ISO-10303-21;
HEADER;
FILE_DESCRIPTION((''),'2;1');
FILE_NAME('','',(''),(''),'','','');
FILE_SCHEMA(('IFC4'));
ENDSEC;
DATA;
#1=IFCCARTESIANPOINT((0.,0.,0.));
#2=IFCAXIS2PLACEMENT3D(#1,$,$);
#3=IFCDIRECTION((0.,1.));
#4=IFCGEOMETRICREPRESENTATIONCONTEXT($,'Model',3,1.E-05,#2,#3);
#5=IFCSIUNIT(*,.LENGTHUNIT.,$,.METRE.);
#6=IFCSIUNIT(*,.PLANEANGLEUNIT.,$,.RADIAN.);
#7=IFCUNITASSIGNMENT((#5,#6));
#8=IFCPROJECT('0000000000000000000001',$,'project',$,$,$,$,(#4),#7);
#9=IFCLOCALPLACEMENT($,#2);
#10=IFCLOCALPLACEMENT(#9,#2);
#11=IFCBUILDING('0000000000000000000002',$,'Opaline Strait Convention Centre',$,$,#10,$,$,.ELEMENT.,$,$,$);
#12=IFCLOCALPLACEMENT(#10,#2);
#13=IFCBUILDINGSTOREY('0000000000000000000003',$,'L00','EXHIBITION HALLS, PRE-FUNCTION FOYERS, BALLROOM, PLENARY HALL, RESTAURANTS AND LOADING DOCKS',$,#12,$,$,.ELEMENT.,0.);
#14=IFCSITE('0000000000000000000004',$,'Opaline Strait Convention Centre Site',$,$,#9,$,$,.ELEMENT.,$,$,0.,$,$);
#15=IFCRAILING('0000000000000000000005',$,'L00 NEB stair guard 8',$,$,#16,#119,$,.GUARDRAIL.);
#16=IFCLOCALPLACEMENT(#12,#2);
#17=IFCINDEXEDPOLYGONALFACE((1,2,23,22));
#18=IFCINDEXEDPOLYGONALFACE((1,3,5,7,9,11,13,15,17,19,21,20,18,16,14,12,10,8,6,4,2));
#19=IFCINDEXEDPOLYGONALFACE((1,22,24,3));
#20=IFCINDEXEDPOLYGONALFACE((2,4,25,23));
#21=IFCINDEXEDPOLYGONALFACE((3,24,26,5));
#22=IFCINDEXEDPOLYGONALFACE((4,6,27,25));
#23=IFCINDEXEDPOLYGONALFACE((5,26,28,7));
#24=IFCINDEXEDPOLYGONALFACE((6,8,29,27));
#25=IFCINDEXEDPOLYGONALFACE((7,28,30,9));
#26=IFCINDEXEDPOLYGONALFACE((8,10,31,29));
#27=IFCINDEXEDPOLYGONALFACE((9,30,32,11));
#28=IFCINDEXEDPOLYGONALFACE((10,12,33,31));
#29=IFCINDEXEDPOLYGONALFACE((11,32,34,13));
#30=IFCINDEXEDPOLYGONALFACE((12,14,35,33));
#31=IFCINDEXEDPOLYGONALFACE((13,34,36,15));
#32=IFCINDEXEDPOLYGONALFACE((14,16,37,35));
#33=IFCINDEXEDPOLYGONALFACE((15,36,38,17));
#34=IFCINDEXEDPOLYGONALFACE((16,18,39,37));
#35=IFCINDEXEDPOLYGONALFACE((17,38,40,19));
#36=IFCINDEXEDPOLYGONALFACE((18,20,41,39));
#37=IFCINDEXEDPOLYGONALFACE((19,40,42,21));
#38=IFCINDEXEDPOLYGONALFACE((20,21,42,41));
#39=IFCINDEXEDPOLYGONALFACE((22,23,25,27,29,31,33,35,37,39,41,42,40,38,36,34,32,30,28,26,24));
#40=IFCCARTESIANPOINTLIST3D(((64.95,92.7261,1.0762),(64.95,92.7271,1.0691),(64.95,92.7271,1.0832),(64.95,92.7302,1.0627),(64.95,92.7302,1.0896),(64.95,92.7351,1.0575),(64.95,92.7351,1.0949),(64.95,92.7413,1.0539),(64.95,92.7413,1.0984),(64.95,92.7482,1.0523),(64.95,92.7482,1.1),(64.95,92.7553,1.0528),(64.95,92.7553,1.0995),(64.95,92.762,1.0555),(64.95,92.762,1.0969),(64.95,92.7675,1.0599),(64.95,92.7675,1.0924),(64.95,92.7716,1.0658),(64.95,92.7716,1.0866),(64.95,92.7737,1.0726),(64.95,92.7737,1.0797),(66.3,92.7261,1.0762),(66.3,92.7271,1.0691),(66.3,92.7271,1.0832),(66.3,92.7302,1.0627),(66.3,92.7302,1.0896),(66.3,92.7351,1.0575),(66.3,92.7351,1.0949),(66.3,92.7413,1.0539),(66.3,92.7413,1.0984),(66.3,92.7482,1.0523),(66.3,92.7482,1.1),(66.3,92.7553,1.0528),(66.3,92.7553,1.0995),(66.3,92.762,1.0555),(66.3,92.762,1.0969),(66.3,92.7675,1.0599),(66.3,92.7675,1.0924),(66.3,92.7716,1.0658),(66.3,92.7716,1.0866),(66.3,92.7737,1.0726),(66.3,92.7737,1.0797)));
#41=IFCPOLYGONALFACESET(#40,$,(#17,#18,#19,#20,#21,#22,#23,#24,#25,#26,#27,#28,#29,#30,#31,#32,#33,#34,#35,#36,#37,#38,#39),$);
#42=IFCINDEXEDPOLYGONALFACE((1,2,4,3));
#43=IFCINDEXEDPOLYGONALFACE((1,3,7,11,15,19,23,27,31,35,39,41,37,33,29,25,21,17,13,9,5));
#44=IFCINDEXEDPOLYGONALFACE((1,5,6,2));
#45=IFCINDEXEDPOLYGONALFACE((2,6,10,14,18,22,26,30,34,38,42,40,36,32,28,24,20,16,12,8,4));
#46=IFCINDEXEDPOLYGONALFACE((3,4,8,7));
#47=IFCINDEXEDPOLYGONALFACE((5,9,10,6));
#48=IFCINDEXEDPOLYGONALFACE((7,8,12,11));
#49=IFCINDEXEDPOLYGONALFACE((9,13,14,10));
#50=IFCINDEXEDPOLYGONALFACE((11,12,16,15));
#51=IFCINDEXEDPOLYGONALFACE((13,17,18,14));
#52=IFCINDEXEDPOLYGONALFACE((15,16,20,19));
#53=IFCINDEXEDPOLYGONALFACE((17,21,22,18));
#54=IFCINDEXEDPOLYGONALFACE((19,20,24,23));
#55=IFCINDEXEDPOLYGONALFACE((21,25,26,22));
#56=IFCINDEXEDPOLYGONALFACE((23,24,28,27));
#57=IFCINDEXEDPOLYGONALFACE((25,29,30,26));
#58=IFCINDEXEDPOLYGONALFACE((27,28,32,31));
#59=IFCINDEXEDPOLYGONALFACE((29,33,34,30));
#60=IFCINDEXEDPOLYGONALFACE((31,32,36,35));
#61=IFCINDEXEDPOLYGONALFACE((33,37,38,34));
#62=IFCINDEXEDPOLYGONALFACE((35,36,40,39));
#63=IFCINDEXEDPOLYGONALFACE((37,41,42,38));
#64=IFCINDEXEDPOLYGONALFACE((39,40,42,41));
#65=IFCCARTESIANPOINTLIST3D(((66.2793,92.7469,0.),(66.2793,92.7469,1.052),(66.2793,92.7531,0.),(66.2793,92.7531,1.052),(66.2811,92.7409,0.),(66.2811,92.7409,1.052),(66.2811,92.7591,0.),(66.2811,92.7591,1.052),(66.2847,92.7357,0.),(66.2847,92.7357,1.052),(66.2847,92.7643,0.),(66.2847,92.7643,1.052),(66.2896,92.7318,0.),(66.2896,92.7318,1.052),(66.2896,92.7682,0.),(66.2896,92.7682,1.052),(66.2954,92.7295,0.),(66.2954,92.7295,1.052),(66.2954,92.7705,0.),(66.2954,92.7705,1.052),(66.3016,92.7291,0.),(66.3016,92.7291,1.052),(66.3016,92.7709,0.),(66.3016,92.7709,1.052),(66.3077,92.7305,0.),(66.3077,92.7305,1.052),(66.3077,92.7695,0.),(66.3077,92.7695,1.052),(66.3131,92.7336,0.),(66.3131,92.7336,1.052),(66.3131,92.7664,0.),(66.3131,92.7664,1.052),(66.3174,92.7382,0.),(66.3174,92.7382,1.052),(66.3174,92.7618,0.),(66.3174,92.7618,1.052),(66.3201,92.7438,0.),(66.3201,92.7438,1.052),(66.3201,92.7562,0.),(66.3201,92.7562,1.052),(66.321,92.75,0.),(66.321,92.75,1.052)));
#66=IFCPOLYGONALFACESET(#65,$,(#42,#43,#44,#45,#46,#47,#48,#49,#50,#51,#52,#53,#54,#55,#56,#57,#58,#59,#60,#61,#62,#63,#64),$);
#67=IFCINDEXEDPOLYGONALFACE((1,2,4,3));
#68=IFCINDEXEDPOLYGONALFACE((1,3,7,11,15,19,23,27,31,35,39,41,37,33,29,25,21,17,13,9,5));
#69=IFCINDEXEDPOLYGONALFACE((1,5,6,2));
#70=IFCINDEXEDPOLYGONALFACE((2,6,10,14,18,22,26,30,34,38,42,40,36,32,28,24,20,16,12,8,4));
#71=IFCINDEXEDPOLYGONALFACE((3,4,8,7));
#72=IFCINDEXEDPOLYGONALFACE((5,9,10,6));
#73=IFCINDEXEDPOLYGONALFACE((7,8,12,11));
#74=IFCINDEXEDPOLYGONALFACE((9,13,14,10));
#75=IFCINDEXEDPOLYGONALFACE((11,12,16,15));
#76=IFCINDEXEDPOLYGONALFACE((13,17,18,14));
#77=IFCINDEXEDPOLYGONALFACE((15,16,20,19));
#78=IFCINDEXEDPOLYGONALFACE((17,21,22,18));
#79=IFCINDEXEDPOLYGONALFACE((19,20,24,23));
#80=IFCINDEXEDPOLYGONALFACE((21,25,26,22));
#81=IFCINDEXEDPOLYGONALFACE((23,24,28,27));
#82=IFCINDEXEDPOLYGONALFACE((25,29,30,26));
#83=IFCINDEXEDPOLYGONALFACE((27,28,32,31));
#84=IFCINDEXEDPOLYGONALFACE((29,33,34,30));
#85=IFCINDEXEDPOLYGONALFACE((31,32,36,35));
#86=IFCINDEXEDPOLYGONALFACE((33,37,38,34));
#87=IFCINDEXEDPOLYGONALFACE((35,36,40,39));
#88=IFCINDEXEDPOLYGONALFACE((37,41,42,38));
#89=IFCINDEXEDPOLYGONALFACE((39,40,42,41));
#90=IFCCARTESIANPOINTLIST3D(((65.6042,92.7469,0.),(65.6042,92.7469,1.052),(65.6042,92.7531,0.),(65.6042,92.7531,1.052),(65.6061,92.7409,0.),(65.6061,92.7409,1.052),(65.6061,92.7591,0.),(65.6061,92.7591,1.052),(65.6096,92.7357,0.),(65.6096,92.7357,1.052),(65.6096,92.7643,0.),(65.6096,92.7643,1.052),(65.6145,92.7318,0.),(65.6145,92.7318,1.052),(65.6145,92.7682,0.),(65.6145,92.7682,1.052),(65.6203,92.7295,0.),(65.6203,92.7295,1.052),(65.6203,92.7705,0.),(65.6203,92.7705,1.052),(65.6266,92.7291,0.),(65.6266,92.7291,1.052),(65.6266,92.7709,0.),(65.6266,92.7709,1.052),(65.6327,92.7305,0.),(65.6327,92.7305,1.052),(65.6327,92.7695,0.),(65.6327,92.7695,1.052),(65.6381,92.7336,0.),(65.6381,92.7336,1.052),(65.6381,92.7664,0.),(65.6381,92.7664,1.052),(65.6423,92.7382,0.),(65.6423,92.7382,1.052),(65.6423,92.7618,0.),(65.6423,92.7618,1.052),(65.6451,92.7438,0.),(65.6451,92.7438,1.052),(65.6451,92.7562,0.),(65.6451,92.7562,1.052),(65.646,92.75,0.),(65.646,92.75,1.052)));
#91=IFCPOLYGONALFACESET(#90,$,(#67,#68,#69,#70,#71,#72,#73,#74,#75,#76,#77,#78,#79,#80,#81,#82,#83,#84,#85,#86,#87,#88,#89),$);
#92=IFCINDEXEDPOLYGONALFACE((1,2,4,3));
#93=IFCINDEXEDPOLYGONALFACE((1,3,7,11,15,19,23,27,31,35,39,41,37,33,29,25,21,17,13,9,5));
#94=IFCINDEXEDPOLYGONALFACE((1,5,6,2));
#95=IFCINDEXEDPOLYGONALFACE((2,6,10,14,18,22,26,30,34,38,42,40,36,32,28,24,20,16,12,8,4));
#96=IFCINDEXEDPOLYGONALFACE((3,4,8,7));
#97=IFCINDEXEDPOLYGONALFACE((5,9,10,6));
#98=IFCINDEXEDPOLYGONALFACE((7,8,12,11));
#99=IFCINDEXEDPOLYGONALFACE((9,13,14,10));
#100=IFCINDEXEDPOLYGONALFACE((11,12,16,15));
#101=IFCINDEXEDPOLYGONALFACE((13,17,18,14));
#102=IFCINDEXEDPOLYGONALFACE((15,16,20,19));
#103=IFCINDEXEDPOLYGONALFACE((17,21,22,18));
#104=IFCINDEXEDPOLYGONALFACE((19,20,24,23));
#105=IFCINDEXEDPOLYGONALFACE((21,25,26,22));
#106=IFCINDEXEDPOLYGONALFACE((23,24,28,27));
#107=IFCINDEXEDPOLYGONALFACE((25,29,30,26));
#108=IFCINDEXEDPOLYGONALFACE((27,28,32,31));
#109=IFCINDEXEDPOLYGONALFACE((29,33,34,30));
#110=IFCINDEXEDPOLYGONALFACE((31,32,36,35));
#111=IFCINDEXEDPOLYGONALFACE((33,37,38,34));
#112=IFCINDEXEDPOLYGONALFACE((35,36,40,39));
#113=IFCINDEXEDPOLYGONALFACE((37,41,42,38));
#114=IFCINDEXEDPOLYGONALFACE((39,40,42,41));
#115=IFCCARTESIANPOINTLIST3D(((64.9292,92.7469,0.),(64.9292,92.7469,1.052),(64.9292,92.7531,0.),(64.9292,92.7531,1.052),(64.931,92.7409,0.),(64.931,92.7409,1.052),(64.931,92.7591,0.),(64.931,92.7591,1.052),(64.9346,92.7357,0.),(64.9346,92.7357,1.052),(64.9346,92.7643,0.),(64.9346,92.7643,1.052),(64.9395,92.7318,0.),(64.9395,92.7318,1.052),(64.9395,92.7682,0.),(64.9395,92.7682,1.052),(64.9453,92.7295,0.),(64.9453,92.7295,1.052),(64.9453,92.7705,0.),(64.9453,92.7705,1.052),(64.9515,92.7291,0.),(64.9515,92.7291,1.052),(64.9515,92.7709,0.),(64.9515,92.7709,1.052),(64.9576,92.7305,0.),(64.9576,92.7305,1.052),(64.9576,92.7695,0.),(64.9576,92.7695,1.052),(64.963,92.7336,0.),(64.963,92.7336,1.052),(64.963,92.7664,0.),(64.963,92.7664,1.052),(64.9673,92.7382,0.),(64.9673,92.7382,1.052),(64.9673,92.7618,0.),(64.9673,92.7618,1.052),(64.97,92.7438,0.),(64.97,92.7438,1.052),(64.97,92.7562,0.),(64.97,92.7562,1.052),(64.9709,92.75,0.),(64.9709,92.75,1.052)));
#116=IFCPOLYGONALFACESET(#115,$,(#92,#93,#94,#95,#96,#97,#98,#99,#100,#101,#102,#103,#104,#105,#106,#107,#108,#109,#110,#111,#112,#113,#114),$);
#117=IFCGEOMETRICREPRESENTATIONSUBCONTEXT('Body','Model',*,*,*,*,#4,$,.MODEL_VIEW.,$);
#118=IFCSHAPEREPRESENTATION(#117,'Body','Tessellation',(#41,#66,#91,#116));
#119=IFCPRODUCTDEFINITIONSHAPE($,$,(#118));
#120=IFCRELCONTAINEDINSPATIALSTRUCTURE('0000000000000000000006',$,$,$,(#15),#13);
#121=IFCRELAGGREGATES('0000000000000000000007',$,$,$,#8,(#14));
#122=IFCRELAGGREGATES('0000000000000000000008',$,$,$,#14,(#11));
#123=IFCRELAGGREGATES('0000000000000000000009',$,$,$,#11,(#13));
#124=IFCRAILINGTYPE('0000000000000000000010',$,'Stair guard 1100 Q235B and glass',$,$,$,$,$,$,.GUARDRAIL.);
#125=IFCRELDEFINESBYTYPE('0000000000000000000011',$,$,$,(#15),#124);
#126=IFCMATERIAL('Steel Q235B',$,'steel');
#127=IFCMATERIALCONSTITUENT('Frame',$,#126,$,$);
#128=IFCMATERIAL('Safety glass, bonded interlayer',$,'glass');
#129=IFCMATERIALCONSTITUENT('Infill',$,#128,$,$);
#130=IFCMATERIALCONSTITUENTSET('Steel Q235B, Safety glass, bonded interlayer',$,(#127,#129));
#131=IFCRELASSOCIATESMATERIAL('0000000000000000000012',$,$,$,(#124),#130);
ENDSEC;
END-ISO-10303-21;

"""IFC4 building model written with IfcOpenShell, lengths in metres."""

from ifc_helpers import new_model, si_unit, direction, frame, origin, origin_2d, place, context, subcontext, project, spatial, circle, extrude, material, constituent, constituent_set, type_object, element, save


model = new_model("IFC4")

# Units and contexts
model_context = context("Model", 3, precision=1e-05, world=origin(), true_north=direction((0.0, 1.0)))
body_context = subcontext(model_context, "Body", "Model", "MODEL_VIEW")
ifc_project = project(units=[si_unit("LENGTHUNIT", "METRE"), si_unit("PLANEANGLEUNIT", "RADIAN")], contexts=[model_context])

# Site, building, storey
site_placement = place(None, origin())
site = spatial("IfcSite", under=ifc_project, at=site_placement, Name="Opaline Strait Convention Centre Site", CompositionType="ELEMENT", RefElevation=0.0)
building_placement = place(site_placement, origin())
building = spatial("IfcBuilding", under=site, at=building_placement, Name="Opaline Strait Convention Centre", CompositionType="ELEMENT")
storey_placement = place(building_placement, origin())
storey = spatial("IfcBuildingStorey", under=building, at=storey_placement, Name="L00", Description="EXHIBITION HALLS, PRE-FUNCTION FOYERS, BALLROOM, PLENARY HALL, RESTAURANTS AND LOADING DOCKS", CompositionType="ELEMENT", Elevation=0.0)

# Railing
ifc_material_1 = material(Name="Steel Q235B", Category="steel")
ifc_constituent_1 = constituent(ifc_material_1, Name="Frame")
ifc_material_2 = material(Name="Safety glass, bonded interlayer", Category="glass")
ifc_constituent_2 = constituent(ifc_material_2, Name="Infill")
ifc_constituent_set = constituent_set(constituents=[ifc_constituent_1, ifc_constituent_2], Name="Steel Q235B, Safety glass, bonded interlayer")
railing_type_1 = type_object("IfcRailingType", Name="Stair guard 1100 Q235B and glass", PredefinedType="GUARDRAIL", material=ifc_constituent_set)
railing_1_placement = place(storey_placement, frame((66.3, 92.75, 0.0)))
element("IfcRailing", 1, at=railing_1_placement, inside=storey, type_object=railing_type_1, Name="L00 NEB stair guard 8", PredefinedType="GUARDRAIL", context=body_context, shape_type="SweptSolid", body=[
    extrude(circle(Radius=0.0239, at=origin_2d()), frame((0.0, 0.0, 1.0762), z_axis=(-1.0, 0.0, 0.0), x_axis=(0.0, -1.0, 0.0)), (0.0, 0.0, 1.0), 1.3501),
    extrude(circle(Radius=0.021, at=origin_2d()), origin(), (0.0, 0.0, 1.0), 1.052),
    extrude(circle(Radius=0.021, at=origin_2d()), frame((-0.675, 0.0, 0.0)), (0.0, 0.0, 1.0), 1.052),
    extrude(circle(Radius=0.021, at=origin_2d()), frame((-1.3501, 0.0, 0.0)), (0.0, 0.0, 1.0), 1.052),
])

save(model, "model.ifc")
